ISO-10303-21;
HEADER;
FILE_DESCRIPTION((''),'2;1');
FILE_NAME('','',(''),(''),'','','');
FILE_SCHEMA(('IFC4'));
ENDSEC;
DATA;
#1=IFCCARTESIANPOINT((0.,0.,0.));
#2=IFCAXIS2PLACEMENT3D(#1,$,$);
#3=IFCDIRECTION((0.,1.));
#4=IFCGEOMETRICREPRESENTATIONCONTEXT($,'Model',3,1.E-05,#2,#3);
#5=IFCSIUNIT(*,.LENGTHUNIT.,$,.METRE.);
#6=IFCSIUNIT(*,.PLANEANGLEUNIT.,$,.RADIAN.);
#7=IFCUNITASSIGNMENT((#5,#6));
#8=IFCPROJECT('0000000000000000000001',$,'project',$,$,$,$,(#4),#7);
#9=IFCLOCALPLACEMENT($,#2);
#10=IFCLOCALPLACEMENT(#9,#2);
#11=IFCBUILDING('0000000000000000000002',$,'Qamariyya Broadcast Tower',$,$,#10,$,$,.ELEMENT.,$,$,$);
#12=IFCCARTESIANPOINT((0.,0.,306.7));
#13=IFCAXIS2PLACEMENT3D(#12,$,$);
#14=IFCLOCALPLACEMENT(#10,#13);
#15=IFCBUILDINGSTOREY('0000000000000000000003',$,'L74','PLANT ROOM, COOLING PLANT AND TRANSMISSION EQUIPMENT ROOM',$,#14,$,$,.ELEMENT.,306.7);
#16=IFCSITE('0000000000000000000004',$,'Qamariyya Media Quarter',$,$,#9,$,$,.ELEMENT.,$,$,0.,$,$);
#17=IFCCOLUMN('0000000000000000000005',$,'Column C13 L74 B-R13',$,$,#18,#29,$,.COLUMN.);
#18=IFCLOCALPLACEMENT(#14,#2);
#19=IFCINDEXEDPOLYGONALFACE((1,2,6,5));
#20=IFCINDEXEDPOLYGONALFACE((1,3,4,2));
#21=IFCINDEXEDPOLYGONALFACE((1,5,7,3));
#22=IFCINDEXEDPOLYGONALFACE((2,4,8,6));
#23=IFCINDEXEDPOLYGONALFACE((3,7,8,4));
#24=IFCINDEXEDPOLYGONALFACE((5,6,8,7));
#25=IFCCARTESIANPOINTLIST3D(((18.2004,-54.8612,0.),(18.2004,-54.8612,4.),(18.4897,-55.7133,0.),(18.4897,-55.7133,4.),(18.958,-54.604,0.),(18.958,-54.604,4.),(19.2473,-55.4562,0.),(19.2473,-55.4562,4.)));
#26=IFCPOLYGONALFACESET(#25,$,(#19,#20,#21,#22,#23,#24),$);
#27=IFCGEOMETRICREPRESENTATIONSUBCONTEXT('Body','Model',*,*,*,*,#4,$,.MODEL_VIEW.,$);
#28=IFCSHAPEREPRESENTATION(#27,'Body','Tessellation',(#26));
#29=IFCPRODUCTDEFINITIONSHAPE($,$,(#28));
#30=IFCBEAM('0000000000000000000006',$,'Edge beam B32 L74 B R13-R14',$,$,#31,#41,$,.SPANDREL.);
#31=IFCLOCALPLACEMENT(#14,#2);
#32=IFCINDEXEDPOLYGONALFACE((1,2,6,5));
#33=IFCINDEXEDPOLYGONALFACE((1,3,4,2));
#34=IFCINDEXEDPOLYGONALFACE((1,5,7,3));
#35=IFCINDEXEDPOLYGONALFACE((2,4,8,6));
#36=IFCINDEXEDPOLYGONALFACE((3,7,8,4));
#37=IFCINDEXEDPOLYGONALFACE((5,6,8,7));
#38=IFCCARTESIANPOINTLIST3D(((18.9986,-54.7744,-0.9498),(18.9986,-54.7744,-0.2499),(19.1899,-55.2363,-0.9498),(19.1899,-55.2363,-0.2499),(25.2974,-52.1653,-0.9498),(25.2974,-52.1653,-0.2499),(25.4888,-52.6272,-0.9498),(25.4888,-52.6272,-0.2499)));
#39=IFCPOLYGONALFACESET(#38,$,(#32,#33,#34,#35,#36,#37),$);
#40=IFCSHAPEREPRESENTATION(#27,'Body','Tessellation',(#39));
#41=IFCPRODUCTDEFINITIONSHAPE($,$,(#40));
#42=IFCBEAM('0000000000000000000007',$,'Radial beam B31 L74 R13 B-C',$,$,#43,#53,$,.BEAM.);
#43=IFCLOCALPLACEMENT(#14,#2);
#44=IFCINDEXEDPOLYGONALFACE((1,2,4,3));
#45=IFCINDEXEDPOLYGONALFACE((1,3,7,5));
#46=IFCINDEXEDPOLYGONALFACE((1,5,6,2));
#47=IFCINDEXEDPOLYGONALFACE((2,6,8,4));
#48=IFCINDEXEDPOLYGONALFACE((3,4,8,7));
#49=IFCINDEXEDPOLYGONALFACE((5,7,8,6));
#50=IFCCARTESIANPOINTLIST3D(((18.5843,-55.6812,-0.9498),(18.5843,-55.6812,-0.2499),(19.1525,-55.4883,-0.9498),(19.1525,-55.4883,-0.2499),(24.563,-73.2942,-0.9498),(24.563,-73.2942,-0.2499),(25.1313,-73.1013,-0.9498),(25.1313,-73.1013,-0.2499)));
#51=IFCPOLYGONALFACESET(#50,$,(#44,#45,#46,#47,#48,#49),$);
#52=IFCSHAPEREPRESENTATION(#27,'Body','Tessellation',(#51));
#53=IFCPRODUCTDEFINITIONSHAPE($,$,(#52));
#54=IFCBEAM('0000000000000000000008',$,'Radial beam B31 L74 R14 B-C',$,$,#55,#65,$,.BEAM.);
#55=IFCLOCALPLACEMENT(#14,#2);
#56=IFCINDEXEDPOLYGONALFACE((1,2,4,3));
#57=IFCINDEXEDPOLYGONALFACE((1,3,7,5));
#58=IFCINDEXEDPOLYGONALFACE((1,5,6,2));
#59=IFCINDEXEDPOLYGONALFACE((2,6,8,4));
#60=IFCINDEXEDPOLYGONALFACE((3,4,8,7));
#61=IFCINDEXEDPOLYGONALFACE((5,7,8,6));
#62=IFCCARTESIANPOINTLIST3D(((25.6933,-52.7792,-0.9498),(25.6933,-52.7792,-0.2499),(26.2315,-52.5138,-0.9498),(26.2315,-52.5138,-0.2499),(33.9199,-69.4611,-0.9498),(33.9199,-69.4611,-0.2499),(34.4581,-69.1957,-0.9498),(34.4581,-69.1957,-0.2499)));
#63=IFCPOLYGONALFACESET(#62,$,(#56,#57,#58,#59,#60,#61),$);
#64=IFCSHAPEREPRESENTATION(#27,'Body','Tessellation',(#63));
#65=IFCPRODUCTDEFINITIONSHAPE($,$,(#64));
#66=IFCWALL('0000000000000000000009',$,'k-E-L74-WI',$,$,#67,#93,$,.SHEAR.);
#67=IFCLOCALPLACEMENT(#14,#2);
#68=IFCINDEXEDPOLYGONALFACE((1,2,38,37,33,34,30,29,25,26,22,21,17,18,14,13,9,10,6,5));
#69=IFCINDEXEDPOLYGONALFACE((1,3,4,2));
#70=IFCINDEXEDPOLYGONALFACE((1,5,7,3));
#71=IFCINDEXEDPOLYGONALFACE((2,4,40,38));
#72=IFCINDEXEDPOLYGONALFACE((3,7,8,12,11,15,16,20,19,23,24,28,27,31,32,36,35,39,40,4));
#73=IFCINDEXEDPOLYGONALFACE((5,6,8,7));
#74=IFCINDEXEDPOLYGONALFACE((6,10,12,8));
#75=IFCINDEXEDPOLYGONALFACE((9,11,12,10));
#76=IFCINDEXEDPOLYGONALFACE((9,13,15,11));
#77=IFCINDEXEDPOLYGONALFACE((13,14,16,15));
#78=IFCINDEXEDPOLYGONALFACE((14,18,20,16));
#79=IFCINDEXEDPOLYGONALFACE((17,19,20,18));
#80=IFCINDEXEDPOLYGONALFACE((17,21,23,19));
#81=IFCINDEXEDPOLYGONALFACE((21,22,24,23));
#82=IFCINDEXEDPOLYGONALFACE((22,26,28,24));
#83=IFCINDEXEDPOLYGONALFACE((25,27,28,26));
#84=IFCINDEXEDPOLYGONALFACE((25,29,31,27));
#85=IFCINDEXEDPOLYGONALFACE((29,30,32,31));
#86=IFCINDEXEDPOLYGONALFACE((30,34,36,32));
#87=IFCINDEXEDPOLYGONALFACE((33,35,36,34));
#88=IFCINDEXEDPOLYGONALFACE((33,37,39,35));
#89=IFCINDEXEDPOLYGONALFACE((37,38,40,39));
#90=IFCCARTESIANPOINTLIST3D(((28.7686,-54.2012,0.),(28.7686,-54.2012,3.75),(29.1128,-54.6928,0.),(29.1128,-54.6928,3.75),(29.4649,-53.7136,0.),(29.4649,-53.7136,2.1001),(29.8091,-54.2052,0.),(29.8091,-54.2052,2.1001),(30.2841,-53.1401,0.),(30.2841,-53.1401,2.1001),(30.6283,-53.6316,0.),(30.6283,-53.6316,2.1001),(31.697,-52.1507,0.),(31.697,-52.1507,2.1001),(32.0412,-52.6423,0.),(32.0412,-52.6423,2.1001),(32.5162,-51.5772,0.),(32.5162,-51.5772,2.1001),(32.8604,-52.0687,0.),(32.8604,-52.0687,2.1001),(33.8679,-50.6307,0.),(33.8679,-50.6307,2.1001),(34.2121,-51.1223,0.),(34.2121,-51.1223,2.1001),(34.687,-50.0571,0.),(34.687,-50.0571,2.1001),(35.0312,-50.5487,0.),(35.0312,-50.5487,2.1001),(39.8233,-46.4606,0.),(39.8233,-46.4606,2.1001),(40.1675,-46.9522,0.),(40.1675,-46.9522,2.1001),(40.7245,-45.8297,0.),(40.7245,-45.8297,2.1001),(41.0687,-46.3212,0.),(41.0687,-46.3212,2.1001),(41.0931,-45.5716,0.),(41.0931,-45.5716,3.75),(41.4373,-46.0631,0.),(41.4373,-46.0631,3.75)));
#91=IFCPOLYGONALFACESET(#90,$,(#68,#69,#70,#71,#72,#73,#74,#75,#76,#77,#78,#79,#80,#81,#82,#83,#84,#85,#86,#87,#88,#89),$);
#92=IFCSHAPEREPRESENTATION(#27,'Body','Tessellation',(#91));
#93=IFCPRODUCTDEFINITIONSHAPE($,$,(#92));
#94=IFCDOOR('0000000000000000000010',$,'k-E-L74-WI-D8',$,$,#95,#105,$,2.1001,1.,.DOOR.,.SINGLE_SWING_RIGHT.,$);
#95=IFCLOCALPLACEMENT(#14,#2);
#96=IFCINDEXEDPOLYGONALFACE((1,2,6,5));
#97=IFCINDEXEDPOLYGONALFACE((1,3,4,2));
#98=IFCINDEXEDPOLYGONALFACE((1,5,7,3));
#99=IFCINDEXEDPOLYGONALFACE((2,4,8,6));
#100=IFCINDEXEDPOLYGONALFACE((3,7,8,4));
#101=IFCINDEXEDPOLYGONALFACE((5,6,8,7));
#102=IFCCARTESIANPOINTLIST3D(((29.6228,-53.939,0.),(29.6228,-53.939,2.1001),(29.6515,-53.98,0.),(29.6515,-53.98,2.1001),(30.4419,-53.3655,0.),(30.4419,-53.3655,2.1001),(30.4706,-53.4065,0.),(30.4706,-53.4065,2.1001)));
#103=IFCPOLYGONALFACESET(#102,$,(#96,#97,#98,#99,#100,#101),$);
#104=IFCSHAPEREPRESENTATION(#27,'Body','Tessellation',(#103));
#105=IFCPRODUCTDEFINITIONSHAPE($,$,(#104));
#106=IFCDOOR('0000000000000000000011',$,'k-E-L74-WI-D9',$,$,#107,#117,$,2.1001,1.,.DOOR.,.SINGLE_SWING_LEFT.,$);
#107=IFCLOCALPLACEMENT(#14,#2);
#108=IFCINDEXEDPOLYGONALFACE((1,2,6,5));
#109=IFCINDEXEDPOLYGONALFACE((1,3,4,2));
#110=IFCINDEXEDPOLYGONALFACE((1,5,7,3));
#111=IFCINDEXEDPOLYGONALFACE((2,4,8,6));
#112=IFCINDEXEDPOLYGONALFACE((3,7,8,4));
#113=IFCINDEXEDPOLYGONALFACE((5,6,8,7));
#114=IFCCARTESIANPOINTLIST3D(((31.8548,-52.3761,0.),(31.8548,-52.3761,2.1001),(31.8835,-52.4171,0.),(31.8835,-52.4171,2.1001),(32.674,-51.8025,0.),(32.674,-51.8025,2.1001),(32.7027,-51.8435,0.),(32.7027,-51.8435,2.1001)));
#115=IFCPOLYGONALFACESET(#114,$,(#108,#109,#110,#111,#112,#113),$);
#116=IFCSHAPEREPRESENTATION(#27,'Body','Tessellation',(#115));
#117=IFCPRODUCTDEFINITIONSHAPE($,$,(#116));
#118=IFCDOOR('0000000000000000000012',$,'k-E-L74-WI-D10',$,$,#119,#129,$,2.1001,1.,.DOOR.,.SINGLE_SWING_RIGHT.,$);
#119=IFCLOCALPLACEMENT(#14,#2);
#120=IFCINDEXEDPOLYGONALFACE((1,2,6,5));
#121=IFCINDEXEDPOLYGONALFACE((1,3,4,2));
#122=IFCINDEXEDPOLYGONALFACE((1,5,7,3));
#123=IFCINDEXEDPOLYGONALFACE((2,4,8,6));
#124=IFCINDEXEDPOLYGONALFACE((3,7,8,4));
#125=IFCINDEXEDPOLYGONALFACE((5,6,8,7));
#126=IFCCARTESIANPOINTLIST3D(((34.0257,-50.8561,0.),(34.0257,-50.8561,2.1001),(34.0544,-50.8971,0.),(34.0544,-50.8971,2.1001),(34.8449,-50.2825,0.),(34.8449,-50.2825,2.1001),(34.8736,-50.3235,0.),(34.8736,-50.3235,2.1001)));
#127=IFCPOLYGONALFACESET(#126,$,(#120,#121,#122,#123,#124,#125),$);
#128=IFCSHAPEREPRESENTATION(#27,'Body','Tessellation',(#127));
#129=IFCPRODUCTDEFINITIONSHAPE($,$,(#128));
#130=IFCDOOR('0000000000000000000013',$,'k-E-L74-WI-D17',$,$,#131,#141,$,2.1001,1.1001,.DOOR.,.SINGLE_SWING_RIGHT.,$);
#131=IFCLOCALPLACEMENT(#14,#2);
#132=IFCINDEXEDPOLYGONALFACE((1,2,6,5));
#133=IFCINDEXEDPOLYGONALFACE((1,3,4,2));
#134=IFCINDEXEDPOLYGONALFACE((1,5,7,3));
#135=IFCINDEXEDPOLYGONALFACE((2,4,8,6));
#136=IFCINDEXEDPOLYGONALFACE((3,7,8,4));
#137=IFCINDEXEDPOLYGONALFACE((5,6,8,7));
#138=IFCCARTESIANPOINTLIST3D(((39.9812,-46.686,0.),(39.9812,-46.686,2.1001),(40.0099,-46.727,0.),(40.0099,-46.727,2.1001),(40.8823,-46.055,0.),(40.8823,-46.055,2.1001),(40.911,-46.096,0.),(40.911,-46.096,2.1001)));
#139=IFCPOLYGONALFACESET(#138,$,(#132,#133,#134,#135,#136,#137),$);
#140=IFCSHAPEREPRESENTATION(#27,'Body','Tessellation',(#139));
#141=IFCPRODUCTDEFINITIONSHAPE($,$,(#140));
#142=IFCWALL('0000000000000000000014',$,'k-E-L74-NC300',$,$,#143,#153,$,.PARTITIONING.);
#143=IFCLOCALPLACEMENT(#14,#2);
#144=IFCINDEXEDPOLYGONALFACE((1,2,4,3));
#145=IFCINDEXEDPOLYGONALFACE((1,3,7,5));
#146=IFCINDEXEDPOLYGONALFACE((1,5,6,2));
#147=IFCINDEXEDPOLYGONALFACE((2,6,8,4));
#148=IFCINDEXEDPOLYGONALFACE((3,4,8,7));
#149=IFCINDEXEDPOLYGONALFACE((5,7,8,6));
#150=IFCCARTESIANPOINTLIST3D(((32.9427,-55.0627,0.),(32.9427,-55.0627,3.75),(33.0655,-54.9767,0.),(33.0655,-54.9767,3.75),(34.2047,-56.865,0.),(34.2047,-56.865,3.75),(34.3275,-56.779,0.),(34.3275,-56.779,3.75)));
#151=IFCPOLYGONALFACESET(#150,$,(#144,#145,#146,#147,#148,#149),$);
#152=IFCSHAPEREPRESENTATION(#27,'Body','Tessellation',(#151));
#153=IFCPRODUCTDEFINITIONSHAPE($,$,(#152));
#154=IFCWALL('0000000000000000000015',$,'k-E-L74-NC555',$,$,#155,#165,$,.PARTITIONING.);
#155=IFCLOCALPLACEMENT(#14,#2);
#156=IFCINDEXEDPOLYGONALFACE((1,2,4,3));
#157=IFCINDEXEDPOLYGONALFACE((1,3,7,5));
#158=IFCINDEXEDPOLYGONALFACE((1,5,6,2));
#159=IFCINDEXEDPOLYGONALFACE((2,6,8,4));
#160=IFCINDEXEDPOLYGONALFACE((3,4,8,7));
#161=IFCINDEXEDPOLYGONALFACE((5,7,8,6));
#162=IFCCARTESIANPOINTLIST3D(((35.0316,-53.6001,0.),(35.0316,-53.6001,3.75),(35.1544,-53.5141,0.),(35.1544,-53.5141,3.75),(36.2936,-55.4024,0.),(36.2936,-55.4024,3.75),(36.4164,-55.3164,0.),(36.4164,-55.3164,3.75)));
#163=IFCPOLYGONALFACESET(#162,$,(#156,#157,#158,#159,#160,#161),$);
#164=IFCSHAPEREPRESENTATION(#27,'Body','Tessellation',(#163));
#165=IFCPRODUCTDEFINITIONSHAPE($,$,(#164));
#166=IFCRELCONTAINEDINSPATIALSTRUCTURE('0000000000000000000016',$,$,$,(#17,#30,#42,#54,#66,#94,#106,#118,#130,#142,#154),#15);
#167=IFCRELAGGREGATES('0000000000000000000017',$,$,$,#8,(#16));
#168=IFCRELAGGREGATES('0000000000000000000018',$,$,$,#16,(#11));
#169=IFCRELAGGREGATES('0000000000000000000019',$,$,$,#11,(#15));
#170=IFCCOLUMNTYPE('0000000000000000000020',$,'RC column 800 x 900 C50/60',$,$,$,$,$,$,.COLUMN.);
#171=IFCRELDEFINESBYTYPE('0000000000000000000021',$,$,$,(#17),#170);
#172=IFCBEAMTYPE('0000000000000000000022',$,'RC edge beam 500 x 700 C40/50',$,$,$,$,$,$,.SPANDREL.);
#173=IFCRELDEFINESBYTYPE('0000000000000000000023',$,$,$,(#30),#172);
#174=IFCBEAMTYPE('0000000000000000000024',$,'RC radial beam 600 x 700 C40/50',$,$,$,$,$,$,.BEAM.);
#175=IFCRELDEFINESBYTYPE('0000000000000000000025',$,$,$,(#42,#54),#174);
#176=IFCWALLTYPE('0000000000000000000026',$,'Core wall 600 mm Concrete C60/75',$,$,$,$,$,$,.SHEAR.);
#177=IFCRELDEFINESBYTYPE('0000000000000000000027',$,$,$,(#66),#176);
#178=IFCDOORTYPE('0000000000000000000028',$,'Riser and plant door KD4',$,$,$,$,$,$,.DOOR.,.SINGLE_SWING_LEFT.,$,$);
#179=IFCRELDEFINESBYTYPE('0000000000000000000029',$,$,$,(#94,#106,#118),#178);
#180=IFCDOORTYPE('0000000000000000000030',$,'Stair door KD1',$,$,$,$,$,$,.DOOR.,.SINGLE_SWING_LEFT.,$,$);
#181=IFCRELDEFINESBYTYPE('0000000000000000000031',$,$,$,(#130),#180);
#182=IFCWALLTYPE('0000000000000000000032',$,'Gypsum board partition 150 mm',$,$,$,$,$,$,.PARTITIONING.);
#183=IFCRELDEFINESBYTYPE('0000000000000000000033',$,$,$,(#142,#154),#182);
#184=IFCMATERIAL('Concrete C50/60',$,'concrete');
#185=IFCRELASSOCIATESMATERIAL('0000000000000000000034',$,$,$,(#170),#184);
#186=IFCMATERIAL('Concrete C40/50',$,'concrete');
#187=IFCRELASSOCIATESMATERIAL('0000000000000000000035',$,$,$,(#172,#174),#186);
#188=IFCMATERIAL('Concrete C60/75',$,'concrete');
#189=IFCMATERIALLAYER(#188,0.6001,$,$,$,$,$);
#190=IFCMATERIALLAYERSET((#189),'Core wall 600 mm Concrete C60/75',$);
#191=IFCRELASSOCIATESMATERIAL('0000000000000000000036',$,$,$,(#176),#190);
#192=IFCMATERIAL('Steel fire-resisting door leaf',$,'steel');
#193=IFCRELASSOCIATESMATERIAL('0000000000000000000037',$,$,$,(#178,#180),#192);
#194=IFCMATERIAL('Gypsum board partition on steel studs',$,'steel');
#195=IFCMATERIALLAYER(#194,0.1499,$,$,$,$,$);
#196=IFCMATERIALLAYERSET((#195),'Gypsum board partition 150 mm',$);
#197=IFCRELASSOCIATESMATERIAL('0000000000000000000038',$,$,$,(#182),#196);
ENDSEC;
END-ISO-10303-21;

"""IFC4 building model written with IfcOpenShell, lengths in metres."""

from ifc_helpers import new_model, si_unit, direction, frame, frame_2d, origin, origin_2d, place, context, subcontext, project, spatial, rectangle, extrude, material, layer, layer_set, material_profile, profile_set, type_object, element, fill, save


model = new_model("IFC4")

# Units and contexts
model_context = context("Model", 3, precision=1e-05, world=origin(), true_north=direction((0.0, 1.0)))
body_context = subcontext(model_context, "Body", "Model", "MODEL_VIEW")
ifc_project = project(units=[si_unit("LENGTHUNIT", "METRE"), si_unit("PLANEANGLEUNIT", "RADIAN")], contexts=[model_context])

# Site, building, storey
site_placement = place(None, origin())
site = spatial("IfcSite", under=ifc_project, at=site_placement, Name="Qamariyya Media Quarter", CompositionType="ELEMENT", RefElevation=0.0)
building_placement = place(site_placement, origin())
building = spatial("IfcBuilding", under=site, at=building_placement, Name="Qamariyya Broadcast Tower", CompositionType="ELEMENT")
storey_placement = place(building_placement, frame((0.0, 0.0, 306.7)))
storey = spatial("IfcBuildingStorey", under=building, at=storey_placement, Name="L74", Description="PLANT ROOM, COOLING PLANT AND TRANSMISSION EQUIPMENT ROOM", CompositionType="ELEMENT", Elevation=306.7)

# Column
ifc_material_1 = material(Name="Concrete C50/60", Category="concrete")
ifc_material_profile_1 = material_profile(ifc_material_1, rectangle(XDim=0.8, YDim=0.8999, at=origin_2d()))
ifc_profile_set_1 = profile_set([ifc_material_profile_1], Name="Concrete C50/60")
column_type = type_object("IfcColumnType", Name="RC column 800 x 900 C50/60", PredefinedType="COLUMN", material=ifc_profile_set_1)
column_placement = place(storey_placement, frame((18.7239, -55.1587, 0.0), z_axis=(0.0, 0.0, 1.0), x_axis=(0.94693, 0.321439, 0.0)))
element("IfcColumn", 1, at=column_placement, inside=storey, type_object=column_type, Name="Column C13 L74 B-R13", PredefinedType="COLUMN", context=body_context, shape_type="SweptSolid", body=[
    extrude(rectangle(XDim=0.8, YDim=0.8999, at=origin_2d()), origin(), (0.0, 0.0, 1.0), 4.0),
])

# Beams
ifc_material_2 = material(Name="Concrete C40/50", Category="concrete")
ifc_material_profile_2 = material_profile(ifc_material_2, rectangle(XDim=0.5, YDim=0.7, at=origin_2d()))
ifc_profile_set_2 = profile_set([ifc_material_profile_2], Name="Concrete C40/50")
beam_type_1 = type_object("IfcBeamType", Name="RC edge beam 500 x 700 C40/50", PredefinedType="SPANDREL", material=ifc_profile_set_2)
beam_placement = place(storey_placement, frame((19.0942, -55.0054, -0.5999), z_axis=(0.923876, 0.382692, 0.0), x_axis=(-0.382692, 0.923876, 0.0)))
element("IfcBeam", 2, at=beam_placement, inside=storey, type_object=beam_type_1, Name="Edge beam B32 L74 B R13-R14", PredefinedType="SPANDREL", context=body_context, shape_type="SweptSolid", body=[
    extrude(rectangle(XDim=0.5, YDim=0.7, at=origin_2d()), origin(), (0.0, 0.0, 1.0), 6.8179),
])
ifc_material_profile_3 = material_profile(ifc_material_2, rectangle(XDim=0.6001, YDim=0.7, at=origin_2d()))
ifc_profile_set_3 = profile_set([ifc_material_profile_3], Name="Concrete C40/50")
beam_type_2 = type_object("IfcBeamType", Name="RC radial beam 600 x 700 C40/50", PredefinedType="BEAM", material=ifc_profile_set_3)
for number, where, z_axis, x_axis, name in (
    (3, (18.8684, -55.5847, -0.5999), (0.321437, -0.946931, 0.0), (0.946931, 0.321437, 0.0), "Radial beam B31 L74 R13 B-C"),
    (4, (25.9624, -52.6465, -0.5999), (0.442287, -0.896873, 0.0), (0.896873, 0.442287, 0.0), "Radial beam B31 L74 R14 B-C"),
):
    element("IfcBeam", number, at=place(storey_placement, frame(where, z_axis=z_axis, x_axis=x_axis)), inside=storey, type_object=beam_type_2, Name=name, PredefinedType="BEAM", context=body_context, shape_type="SweptSolid", body=[
        extrude(rectangle(XDim=0.6001, YDim=0.7, at=origin_2d()), origin(), (0.0, 0.0, 1.0), 18.6001),
    ])

# Wall, openings, doors
ifc_material_3 = material(Name="Concrete C60/75", Category="concrete")
ifc_layer_1 = layer(ifc_material_3, 0.6001)
ifc_layer_set_1 = layer_set([ifc_layer_1], Name="Core wall 600 mm Concrete C60/75")
wall_type_1 = type_object("IfcWallType", Name="Core wall 600 mm Concrete C60/75", PredefinedType="SHEAR", material=ifc_layer_set_1)
wall_1_placement = place(storey_placement, frame((28.9407, -54.447, 0.0), z_axis=(0.0, 0.0, 1.0), x_axis=(0.819153, 0.573575, 0.0)))
wall_1 = element("IfcWall", 5, at=wall_1_placement, inside=storey, type_object=wall_type_1, Name="k-E-L74-WI", PredefinedType="SHEAR", context=body_context, shape_type="SweptSolid", body=[
    extrude(rectangle(XDim=15.0454, YDim=0.6001, at=frame_2d((7.5227, 0.0))), origin(), (0.0, 0.0, 1.0), 3.75),
])
opening_1_placement = place(wall_1_placement, frame((0.8501, 0.0, 0.0)))
opening_1 = element("IfcOpeningElement", 6, at=opening_1_placement, cuts=wall_1, PredefinedType="OPENING", context=body_context, shape_type="SweptSolid", body=[
    extrude(rectangle(XDim=1.0, YDim=2.1001, at=frame_2d((0.5, 1.05))), frame((0.0, 0.3101, 0.0), z_axis=(0.0, -1.0, 0.0), x_axis=(1.0, 0.0, 0.0)), (0.0, 0.0, 1.0), 0.6201),
])
opening_2_placement = place(wall_1_placement, frame((3.575, 0.0, 0.0)))
opening_2 = element("IfcOpeningElement", 7, at=opening_2_placement, cuts=wall_1, PredefinedType="OPENING", context=body_context, shape_type="SweptSolid", body=[
    extrude(rectangle(XDim=1.0, YDim=2.1001, at=frame_2d((0.5, 1.05))), frame((0.0, 0.3101, 0.0), z_axis=(0.0, -1.0, 0.0), x_axis=(1.0, 0.0, 0.0)), (0.0, 0.0, 1.0), 0.6201),
])
opening_3_placement = place(wall_1_placement, frame((6.2251, 0.0, 0.0)))
opening_3 = element("IfcOpeningElement", 8, at=opening_3_placement, cuts=wall_1, PredefinedType="OPENING", context=body_context, shape_type="SweptSolid", body=[
    extrude(rectangle(XDim=1.0, YDim=2.1001, at=frame_2d((0.5, 1.05))), frame((0.0, 0.3101, 0.0), z_axis=(0.0, -1.0, 0.0), x_axis=(1.0, 0.0, 0.0)), (0.0, 0.0, 1.0), 0.6201),
])
opening_4_placement = place(wall_1_placement, frame((13.4954, 0.0, 0.0)))
opening_4 = element("IfcOpeningElement", 9, at=opening_4_placement, cuts=wall_1, PredefinedType="OPENING", context=body_context, shape_type="SweptSolid", body=[
    extrude(rectangle(XDim=1.1001, YDim=2.1001, at=frame_2d((0.55, 1.05))), frame((0.0, 0.3101, 0.0), z_axis=(0.0, -1.0, 0.0), x_axis=(1.0, 0.0, 0.0)), (0.0, 0.0, 1.0), 0.6201),
])
ifc_material_4 = material(Name="Steel fire-resisting door leaf", Category="steel")
door_type_1 = type_object("IfcDoorType", Name="Riser and plant door KD4", OperationType="SINGLE_SWING_LEFT", PredefinedType="DOOR", material=ifc_material_4)
door_1_placement = place(opening_1_placement, origin())
door_1 = element("IfcDoor", 10, at=door_1_placement, inside=storey, type_object=door_type_1, Name="k-E-L74-WI-D8", OperationType="SINGLE_SWING_RIGHT", OverallHeight=2.1001, OverallWidth=1.0, PredefinedType="DOOR", context=body_context, shape_type="SweptSolid", body=[
    extrude(rectangle(XDim=1.0, YDim=2.1001, at=frame_2d((0.5, 1.05))), frame((0.0, 0.0249, 0.0), z_axis=(0.0, -1.0, 0.0), x_axis=(1.0, 0.0, 0.0)), (0.0, 0.0, 1.0), 0.05),
])
fill(opening_1, door_1)
door_2_placement = place(opening_2_placement, origin())
door_2 = element("IfcDoor", 11, at=door_2_placement, inside=storey, type_object=door_type_1, Name="k-E-L74-WI-D9", OperationType="SINGLE_SWING_LEFT", OverallHeight=2.1001, OverallWidth=1.0, PredefinedType="DOOR", context=body_context, shape_type="SweptSolid", body=[
    extrude(rectangle(XDim=1.0, YDim=2.1001, at=frame_2d((0.5, 1.05))), frame((0.0, 0.0249, 0.0), z_axis=(0.0, -1.0, 0.0), x_axis=(1.0, 0.0, 0.0)), (0.0, 0.0, 1.0), 0.05),
])
fill(opening_2, door_2)
door_3_placement = place(opening_3_placement, origin())
door_3 = element("IfcDoor", 12, at=door_3_placement, inside=storey, type_object=door_type_1, Name="k-E-L74-WI-D10", OperationType="SINGLE_SWING_RIGHT", OverallHeight=2.1001, OverallWidth=1.0, PredefinedType="DOOR", context=body_context, shape_type="SweptSolid", body=[
    extrude(rectangle(XDim=1.0, YDim=2.1001, at=frame_2d((0.5, 1.05))), frame((0.0, 0.0249, 0.0), z_axis=(0.0, -1.0, 0.0), x_axis=(1.0, 0.0, 0.0)), (0.0, 0.0, 1.0), 0.05),
])
fill(opening_3, door_3)
door_type_2 = type_object("IfcDoorType", Name="Stair door KD1", OperationType="SINGLE_SWING_LEFT", PredefinedType="DOOR", material=ifc_material_4)
door_4_placement = place(opening_4_placement, origin())
door_4 = element("IfcDoor", 13, at=door_4_placement, inside=storey, type_object=door_type_2, Name="k-E-L74-WI-D17", OperationType="SINGLE_SWING_RIGHT", OverallHeight=2.1001, OverallWidth=1.1001, PredefinedType="DOOR", context=body_context, shape_type="SweptSolid", body=[
    extrude(rectangle(XDim=1.1001, YDim=2.1001, at=frame_2d((0.55, 1.05))), frame((0.0, 0.0249, 0.0), z_axis=(0.0, -1.0, 0.0), x_axis=(1.0, 0.0, 0.0)), (0.0, 0.0, 1.0), 0.05),
])
fill(opening_4, door_4)

# Walls
ifc_material_5 = material(Name="Gypsum board partition on steel studs", Category="steel")
ifc_layer_2 = layer(ifc_material_5, 0.1499)
ifc_layer_set_2 = layer_set([ifc_layer_2], Name="Gypsum board partition 150 mm")
wall_type_2 = type_object("IfcWallType", Name="Gypsum board partition 150 mm", PredefinedType="PARTITIONING", material=ifc_layer_set_2)
for number, where, z_axis, x_axis, name in (
    (14, (34.2661, -56.822, 0.0), (0.0, 0.0, 1.0), (-0.573581, 0.819149, 0.0), "k-E-L74-NC300"),
    (15, (36.355, -55.3594, 0.0), (0.0, 0.0, 1.0), (-0.573581, 0.819149, 0.0), "k-E-L74-NC555"),
):
    element("IfcWall", number, at=place(storey_placement, frame(where, z_axis=z_axis, x_axis=x_axis)), inside=storey, type_object=wall_type_2, Name=name, PredefinedType="PARTITIONING", context=body_context, shape_type="SweptSolid", body=[
        extrude(rectangle(XDim=2.2002, YDim=0.1499, at=frame_2d((1.1001, 0.0))), origin(), (0.0, 0.0, 1.0), 3.75),
    ])

save(model, "model.ifc")
